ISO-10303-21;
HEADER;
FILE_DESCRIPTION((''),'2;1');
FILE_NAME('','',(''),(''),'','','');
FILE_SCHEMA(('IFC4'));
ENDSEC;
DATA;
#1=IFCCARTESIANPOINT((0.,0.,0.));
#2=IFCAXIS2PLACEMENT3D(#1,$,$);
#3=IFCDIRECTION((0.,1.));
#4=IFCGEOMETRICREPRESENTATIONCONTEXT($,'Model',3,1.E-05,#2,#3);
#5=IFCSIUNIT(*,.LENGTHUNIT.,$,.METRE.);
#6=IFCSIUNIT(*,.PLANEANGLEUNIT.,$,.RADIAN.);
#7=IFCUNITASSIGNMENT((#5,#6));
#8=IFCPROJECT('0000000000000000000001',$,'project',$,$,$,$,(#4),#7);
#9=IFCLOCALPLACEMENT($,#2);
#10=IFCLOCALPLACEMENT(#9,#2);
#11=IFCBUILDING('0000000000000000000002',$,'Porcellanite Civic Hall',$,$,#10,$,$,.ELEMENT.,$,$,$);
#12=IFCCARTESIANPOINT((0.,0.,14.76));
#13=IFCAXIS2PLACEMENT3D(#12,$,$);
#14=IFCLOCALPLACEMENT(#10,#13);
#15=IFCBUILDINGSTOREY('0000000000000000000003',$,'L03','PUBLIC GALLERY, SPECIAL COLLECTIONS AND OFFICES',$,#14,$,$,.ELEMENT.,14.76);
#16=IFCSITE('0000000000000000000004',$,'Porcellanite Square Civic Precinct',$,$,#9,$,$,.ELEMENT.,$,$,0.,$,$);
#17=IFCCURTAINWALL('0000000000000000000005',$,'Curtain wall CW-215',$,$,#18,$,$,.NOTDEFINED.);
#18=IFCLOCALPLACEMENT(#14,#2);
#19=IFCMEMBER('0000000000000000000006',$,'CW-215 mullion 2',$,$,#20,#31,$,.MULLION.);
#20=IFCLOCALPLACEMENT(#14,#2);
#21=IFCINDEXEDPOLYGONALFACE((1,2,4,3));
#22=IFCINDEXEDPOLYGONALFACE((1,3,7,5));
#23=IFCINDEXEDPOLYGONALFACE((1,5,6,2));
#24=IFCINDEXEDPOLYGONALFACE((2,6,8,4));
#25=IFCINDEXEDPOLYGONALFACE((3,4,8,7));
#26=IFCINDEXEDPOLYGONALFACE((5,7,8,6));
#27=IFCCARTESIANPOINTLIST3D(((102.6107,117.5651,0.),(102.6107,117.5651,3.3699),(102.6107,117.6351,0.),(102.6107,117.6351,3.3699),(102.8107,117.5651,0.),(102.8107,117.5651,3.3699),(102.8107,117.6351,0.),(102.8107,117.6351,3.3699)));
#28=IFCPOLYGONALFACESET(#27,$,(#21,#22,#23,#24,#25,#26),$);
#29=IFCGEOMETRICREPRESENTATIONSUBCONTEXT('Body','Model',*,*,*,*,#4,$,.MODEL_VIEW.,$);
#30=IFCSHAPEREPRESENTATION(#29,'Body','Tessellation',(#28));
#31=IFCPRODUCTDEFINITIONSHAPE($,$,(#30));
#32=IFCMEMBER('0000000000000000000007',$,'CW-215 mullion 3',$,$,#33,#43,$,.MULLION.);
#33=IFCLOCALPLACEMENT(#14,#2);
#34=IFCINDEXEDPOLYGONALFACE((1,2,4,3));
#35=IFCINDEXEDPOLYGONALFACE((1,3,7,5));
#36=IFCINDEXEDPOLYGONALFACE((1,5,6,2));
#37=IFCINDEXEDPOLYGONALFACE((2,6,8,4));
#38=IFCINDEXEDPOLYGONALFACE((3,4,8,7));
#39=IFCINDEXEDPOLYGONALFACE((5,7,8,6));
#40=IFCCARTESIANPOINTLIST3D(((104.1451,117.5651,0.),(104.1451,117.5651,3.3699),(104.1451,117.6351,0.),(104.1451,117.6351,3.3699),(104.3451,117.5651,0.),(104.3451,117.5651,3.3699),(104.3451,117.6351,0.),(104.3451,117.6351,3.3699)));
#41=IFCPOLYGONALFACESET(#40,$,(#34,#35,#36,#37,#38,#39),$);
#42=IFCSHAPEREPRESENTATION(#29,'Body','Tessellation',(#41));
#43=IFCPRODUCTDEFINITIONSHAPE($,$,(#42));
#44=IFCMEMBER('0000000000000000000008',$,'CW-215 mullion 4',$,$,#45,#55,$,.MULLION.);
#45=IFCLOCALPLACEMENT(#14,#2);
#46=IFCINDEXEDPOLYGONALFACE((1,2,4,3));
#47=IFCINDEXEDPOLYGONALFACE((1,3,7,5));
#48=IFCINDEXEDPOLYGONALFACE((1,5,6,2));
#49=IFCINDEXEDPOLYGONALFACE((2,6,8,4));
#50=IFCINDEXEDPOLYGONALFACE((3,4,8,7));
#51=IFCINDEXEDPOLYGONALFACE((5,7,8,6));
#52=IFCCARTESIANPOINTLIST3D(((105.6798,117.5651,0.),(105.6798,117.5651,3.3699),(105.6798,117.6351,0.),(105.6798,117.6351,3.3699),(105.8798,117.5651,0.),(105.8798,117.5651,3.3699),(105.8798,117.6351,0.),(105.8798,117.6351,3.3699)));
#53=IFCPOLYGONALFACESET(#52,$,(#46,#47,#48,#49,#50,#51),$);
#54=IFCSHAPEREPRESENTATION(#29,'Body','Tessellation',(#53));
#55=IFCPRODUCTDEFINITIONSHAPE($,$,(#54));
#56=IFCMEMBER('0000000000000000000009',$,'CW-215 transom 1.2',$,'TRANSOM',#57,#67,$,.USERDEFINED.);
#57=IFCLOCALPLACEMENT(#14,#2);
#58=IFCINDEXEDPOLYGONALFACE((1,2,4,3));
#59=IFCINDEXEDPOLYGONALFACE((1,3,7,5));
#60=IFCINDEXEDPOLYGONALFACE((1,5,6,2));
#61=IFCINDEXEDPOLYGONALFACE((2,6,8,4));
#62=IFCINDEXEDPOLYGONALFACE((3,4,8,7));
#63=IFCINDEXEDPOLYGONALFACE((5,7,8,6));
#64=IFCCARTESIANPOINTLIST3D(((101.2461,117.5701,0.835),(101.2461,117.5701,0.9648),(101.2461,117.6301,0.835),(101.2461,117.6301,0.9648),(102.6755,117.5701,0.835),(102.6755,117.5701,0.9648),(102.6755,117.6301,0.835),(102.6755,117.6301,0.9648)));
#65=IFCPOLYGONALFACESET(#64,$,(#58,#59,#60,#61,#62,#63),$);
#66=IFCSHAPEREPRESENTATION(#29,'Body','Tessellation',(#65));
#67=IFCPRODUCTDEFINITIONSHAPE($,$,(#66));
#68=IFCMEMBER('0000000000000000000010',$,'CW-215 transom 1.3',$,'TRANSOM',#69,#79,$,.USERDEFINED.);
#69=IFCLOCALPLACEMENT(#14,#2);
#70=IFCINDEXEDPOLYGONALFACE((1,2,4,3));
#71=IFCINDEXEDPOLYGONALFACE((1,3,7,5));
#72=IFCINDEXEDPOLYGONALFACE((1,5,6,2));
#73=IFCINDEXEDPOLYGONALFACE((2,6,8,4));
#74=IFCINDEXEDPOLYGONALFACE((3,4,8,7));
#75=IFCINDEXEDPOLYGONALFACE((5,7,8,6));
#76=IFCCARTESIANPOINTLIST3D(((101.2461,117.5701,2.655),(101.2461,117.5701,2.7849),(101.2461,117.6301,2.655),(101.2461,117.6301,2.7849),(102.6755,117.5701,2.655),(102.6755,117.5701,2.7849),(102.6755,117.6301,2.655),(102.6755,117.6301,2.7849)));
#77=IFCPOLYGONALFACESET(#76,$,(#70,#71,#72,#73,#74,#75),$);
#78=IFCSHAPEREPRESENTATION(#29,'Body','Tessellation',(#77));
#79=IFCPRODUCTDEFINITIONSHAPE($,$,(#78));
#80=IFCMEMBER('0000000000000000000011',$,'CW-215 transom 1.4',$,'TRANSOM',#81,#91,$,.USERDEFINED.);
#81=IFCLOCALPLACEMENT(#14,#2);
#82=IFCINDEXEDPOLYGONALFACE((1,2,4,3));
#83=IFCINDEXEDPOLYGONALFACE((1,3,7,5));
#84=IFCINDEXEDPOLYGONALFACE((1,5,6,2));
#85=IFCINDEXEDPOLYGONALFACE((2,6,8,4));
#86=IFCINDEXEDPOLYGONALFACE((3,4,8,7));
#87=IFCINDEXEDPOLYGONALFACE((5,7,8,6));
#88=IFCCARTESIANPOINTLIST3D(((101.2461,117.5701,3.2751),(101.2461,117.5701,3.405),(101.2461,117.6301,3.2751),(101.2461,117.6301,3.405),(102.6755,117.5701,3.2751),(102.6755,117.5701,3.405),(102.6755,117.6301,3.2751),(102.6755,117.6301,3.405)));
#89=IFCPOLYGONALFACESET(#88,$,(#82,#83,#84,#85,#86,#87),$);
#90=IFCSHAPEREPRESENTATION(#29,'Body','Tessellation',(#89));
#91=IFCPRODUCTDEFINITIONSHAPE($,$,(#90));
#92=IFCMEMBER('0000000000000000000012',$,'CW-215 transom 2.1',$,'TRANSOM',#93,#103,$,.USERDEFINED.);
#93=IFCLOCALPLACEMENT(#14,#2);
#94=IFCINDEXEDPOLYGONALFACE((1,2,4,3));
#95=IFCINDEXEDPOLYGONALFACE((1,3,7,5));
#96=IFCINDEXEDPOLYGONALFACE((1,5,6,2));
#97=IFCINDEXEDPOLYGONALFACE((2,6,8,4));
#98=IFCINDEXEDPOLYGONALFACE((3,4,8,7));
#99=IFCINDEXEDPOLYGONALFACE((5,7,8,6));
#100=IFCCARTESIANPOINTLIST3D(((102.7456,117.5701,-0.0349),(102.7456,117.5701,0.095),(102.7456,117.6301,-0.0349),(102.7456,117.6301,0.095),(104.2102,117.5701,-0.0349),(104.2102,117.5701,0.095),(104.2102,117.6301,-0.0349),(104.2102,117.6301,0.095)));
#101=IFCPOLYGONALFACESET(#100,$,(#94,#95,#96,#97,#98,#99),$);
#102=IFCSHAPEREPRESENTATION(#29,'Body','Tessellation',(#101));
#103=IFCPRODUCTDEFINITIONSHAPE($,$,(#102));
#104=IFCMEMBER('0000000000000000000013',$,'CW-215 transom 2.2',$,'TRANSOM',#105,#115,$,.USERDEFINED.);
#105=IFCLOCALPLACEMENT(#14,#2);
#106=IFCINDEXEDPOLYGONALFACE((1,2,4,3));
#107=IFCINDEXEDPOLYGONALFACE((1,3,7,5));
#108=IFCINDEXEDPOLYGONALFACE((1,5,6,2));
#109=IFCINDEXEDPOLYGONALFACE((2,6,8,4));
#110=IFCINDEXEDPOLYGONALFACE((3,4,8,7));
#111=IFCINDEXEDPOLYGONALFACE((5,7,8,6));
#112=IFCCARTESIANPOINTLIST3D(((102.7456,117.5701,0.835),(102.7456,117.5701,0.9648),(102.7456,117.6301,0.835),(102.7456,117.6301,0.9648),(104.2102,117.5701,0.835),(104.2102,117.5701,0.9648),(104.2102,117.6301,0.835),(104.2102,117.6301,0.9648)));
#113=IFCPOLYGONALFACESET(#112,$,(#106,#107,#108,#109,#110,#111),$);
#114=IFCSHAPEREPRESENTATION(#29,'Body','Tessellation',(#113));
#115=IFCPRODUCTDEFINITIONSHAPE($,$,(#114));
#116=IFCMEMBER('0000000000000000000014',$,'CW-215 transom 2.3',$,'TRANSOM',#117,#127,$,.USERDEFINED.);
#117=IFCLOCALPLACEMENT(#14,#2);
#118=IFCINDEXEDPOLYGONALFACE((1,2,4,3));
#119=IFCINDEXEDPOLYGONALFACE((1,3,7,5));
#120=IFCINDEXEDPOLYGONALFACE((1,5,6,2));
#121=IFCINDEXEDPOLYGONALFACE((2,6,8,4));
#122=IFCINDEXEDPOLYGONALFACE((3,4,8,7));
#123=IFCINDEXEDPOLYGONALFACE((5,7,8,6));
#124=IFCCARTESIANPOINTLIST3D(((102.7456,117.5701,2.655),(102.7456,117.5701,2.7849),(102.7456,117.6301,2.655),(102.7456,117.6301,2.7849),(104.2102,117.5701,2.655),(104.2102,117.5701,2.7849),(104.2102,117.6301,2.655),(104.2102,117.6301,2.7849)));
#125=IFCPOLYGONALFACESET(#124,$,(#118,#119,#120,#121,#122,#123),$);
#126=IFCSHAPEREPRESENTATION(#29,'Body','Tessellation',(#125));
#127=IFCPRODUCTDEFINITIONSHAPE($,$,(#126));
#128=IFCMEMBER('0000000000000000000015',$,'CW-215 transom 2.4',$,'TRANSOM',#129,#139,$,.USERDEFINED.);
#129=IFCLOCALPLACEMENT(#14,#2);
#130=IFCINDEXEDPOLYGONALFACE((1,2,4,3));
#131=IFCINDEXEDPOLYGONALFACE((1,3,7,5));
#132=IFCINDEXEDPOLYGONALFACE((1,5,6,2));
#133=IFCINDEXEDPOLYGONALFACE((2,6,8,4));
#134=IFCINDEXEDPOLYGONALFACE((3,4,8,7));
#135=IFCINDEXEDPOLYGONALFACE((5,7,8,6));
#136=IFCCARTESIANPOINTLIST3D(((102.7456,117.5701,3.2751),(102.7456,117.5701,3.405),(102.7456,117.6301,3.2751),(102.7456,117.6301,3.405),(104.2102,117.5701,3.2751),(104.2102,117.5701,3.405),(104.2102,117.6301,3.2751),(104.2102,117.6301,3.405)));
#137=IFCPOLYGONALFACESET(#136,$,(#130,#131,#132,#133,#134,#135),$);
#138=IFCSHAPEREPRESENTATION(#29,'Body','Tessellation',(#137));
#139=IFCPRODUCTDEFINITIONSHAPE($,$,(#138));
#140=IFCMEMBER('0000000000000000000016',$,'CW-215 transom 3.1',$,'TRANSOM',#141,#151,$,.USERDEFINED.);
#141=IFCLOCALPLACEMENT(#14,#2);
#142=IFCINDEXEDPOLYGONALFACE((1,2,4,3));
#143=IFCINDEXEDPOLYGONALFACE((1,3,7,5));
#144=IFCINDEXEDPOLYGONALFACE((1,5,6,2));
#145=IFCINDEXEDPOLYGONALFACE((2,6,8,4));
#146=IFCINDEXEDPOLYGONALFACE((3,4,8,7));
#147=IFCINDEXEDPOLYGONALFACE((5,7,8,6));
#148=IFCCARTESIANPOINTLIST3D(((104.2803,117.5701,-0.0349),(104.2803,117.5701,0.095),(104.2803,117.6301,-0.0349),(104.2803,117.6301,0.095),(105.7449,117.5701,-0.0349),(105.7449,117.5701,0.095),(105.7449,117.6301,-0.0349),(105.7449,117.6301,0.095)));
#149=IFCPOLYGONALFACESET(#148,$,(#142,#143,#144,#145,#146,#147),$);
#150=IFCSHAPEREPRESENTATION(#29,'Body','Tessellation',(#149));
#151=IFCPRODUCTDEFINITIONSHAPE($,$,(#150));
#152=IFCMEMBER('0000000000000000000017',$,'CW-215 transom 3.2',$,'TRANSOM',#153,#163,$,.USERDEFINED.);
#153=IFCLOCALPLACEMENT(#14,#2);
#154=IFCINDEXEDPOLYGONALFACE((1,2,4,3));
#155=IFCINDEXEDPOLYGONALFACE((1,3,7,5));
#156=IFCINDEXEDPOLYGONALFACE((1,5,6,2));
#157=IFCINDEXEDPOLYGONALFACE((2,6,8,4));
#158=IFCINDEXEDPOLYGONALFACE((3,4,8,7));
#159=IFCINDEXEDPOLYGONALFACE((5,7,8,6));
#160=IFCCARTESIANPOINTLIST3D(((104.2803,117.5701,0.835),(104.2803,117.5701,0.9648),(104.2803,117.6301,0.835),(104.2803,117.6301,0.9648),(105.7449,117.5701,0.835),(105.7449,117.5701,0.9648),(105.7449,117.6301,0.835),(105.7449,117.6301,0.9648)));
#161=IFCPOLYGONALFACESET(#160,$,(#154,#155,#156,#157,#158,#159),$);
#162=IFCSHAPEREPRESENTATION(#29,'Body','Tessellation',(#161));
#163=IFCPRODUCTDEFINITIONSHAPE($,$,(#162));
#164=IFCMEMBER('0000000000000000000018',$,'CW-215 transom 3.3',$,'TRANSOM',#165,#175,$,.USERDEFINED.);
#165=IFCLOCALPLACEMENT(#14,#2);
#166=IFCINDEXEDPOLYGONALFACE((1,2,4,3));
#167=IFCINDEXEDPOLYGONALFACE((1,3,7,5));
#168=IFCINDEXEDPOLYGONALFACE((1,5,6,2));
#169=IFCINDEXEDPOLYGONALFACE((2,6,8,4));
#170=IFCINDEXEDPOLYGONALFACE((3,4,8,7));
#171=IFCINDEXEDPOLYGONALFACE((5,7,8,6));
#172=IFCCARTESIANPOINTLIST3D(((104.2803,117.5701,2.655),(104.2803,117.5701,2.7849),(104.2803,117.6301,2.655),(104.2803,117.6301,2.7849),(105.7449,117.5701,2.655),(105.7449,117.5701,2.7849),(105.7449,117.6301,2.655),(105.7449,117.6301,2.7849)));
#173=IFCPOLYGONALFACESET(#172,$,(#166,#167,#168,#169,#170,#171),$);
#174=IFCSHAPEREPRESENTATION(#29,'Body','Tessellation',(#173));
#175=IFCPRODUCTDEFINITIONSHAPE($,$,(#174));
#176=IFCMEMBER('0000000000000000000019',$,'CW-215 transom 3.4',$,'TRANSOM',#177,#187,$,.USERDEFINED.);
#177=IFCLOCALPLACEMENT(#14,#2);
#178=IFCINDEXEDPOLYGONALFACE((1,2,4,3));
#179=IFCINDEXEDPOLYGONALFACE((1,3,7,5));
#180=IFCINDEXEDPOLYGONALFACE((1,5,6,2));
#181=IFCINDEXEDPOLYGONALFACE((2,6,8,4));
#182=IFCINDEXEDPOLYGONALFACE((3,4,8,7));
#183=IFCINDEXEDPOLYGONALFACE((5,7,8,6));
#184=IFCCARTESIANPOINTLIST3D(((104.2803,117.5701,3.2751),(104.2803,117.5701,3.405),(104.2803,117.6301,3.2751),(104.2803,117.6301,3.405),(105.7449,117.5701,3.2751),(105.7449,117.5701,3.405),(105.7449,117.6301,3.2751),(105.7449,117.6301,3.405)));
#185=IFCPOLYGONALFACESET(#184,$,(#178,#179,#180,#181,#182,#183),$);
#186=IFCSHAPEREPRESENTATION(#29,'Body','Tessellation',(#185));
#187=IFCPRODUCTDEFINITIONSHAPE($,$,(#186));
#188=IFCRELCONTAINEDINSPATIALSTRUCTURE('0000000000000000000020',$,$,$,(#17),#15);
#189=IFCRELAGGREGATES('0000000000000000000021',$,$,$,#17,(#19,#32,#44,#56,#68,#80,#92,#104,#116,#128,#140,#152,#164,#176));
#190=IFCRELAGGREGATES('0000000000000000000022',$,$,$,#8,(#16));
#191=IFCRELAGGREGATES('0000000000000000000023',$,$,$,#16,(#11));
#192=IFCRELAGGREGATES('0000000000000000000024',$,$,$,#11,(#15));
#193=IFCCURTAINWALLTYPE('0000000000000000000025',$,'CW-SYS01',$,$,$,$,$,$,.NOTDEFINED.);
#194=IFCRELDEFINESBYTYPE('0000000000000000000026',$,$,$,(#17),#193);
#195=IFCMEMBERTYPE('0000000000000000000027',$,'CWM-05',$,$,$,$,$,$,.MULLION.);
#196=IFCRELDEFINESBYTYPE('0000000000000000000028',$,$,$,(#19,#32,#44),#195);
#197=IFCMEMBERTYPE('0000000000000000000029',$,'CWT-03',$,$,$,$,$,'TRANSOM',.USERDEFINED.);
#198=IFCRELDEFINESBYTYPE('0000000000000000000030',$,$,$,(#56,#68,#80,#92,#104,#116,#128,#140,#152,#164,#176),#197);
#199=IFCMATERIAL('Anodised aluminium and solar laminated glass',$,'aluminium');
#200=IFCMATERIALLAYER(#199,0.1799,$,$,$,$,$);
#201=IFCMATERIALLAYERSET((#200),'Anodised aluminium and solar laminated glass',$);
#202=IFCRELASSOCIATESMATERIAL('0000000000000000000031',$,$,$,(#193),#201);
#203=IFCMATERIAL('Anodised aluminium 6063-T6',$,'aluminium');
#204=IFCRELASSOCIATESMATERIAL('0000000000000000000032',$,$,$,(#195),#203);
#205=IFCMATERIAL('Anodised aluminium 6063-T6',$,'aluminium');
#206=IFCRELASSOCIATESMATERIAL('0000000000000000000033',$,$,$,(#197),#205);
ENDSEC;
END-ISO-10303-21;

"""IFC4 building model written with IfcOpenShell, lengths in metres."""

from ifc_helpers import new_model, si_unit, direction, frame, origin, origin_2d, place, context, subcontext, project, spatial, rectangle, extrude, material, layer, layer_set, material_profile, profile_set, type_object, element, aggregate, save


model = new_model("IFC4")

# Units and contexts
model_context = context("Model", 3, precision=1e-05, world=origin(), true_north=direction((0.0, 1.0)))
body_context = subcontext(model_context, "Body", "Model", "MODEL_VIEW")
ifc_project = project(units=[si_unit("LENGTHUNIT", "METRE"), si_unit("PLANEANGLEUNIT", "RADIAN")], contexts=[model_context])

# Site, building, storey
site_placement = place(None, origin())
site = spatial("IfcSite", under=ifc_project, at=site_placement, Name="Porcellanite Square Civic Precinct", CompositionType="ELEMENT", RefElevation=0.0)
building_placement = place(site_placement, origin())
building = spatial("IfcBuilding", under=site, at=building_placement, Name="Porcellanite Civic Hall", CompositionType="ELEMENT")
storey_placement = place(building_placement, frame((0.0, 0.0, 14.76)))
storey = spatial("IfcBuildingStorey", under=building, at=storey_placement, Name="L03", Description="PUBLIC GALLERY, SPECIAL COLLECTIONS AND OFFICES", CompositionType="ELEMENT", Elevation=14.76)

# Curtain wall, members
ifc_material_1 = material(Name="Anodised aluminium and solar laminated glass", Category="aluminium")
ifc_layer_1 = layer(ifc_material_1, 0.1799)
ifc_layer_set_1 = layer_set([ifc_layer_1], Name="Anodised aluminium and solar laminated glass")
curtain_wall_type = type_object("IfcCurtainWallType", Name="CW-SYS01", PredefinedType="NOTDEFINED", material=ifc_layer_set_1)
curtain_wall_placement = place(storey_placement, origin())
curtain_wall = element("IfcCurtainWall", 1, at=curtain_wall_placement, inside=storey, type_object=curtain_wall_type, Name="Curtain wall CW-215", PredefinedType="NOTDEFINED")
ifc_material_2 = material(Name="Anodised aluminium 6063-T6", Category="aluminium")
ifc_material_profile_1 = material_profile(ifc_material_2, rectangle(XDim=0.0701, YDim=0.2, at=origin_2d()), Name="AL-70x200")
ifc_profile_set_1 = profile_set([ifc_material_profile_1], Name="Anodised aluminium 6063-T6")
member_type_1 = type_object("IfcMemberType", Name="CWM-05", PredefinedType="MULLION", material=ifc_profile_set_1)
member_1_placement = place(storey_placement, frame((102.7107, 117.6001, 0.0), z_axis=(0.0, 0.0, 1.0), x_axis=(0.0, 1.0, 0.0)))
member_1 = element("IfcMember", 2, at=member_1_placement, type_object=member_type_1, Name="CW-215 mullion 2", PredefinedType="MULLION", context=body_context, shape_type="SweptSolid", body=[
    extrude(rectangle(XDim=0.0701, YDim=0.2, at=origin_2d()), origin(), (0.0, 0.0, 1.0), 3.3699),
])
member_2_placement = place(storey_placement, frame((104.2451, 117.6001, 0.0), z_axis=(0.0, 0.0, 1.0), x_axis=(0.0, 1.0, 0.0)))
member_2 = element("IfcMember", 3, at=member_2_placement, type_object=member_type_1, Name="CW-215 mullion 3", PredefinedType="MULLION", context=body_context, shape_type="SweptSolid", body=[
    extrude(rectangle(XDim=0.0701, YDim=0.2, at=origin_2d()), origin(), (0.0, 0.0, 1.0), 3.3699),
])
member_3_placement = place(storey_placement, frame((105.7798, 117.6001, 0.0), z_axis=(0.0, 0.0, 1.0), x_axis=(0.0, 1.0, 0.0)))
member_3 = element("IfcMember", 4, at=member_3_placement, type_object=member_type_1, Name="CW-215 mullion 4", PredefinedType="MULLION", context=body_context, shape_type="SweptSolid", body=[
    extrude(rectangle(XDim=0.0701, YDim=0.2, at=origin_2d()), origin(), (0.0, 0.0, 1.0), 3.3699),
])
ifc_material_3 = material(Name="Anodised aluminium 6063-T6", Category="aluminium")
ifc_material_profile_2 = material_profile(ifc_material_3, rectangle(XDim=0.0601, YDim=0.1299, at=origin_2d()), Name="AL-60x130")
ifc_profile_set_2 = profile_set([ifc_material_profile_2], Name="Anodised aluminium 6063-T6")
member_type_2 = type_object("IfcMemberType", Name="CWT-03", ElementType="TRANSOM", PredefinedType="USERDEFINED", material=ifc_profile_set_2)
member_4_placement = place(storey_placement, frame((101.2461, 117.6001, 0.8999), z_axis=(1.0, 0.0, 0.0), x_axis=(0.0, 1.0, 0.0)))
member_4 = element("IfcMember", 5, at=member_4_placement, type_object=member_type_2, Name="CW-215 transom 1.2", ObjectType="TRANSOM", PredefinedType="USERDEFINED", context=body_context, shape_type="SweptSolid", body=[
    extrude(rectangle(XDim=0.0601, YDim=0.1299, at=origin_2d()), origin(), (0.0, 0.0, 1.0), 1.4294),
])
member_5_placement = place(storey_placement, frame((101.2461, 117.6001, 2.72), z_axis=(1.0, 0.0, 0.0), x_axis=(0.0, 1.0, 0.0)))
member_5 = element("IfcMember", 6, at=member_5_placement, type_object=member_type_2, Name="CW-215 transom 1.3", ObjectType="TRANSOM", PredefinedType="USERDEFINED", context=body_context, shape_type="SweptSolid", body=[
    extrude(rectangle(XDim=0.0601, YDim=0.1299, at=origin_2d()), origin(), (0.0, 0.0, 1.0), 1.4294),
])
member_6_placement = place(storey_placement, frame((101.2461, 117.6001, 3.3401), z_axis=(1.0, 0.0, 0.0), x_axis=(0.0, 1.0, 0.0)))
member_6 = element("IfcMember", 7, at=member_6_placement, type_object=member_type_2, Name="CW-215 transom 1.4", ObjectType="TRANSOM", PredefinedType="USERDEFINED", context=body_context, shape_type="SweptSolid", body=[
    extrude(rectangle(XDim=0.0601, YDim=0.1299, at=origin_2d()), origin(), (0.0, 0.0, 1.0), 1.4294),
])
member_7_placement = place(storey_placement, frame((102.7456, 117.6001, 0.03), z_axis=(1.0, 0.0, 0.0), x_axis=(0.0, 1.0, 0.0)))
member_7 = element("IfcMember", 8, at=member_7_placement, type_object=member_type_2, Name="CW-215 transom 2.1", ObjectType="TRANSOM", PredefinedType="USERDEFINED", context=body_context, shape_type="SweptSolid", body=[
    extrude(rectangle(XDim=0.0601, YDim=0.1299, at=origin_2d()), origin(), (0.0, 0.0, 1.0), 1.4646),
])
member_8_placement = place(storey_placement, frame((102.7456, 117.6001, 0.8999), z_axis=(1.0, 0.0, 0.0), x_axis=(0.0, 1.0, 0.0)))
member_8 = element("IfcMember", 9, at=member_8_placement, type_object=member_type_2, Name="CW-215 transom 2.2", ObjectType="TRANSOM", PredefinedType="USERDEFINED", context=body_context, shape_type="SweptSolid", body=[
    extrude(rectangle(XDim=0.0601, YDim=0.1299, at=origin_2d()), origin(), (0.0, 0.0, 1.0), 1.4646),
])
member_9_placement = place(storey_placement, frame((102.7456, 117.6001, 2.72), z_axis=(1.0, 0.0, 0.0), x_axis=(0.0, 1.0, 0.0)))
member_9 = element("IfcMember", 10, at=member_9_placement, type_object=member_type_2, Name="CW-215 transom 2.3", ObjectType="TRANSOM", PredefinedType="USERDEFINED", context=body_context, shape_type="SweptSolid", body=[
    extrude(rectangle(XDim=0.0601, YDim=0.1299, at=origin_2d()), origin(), (0.0, 0.0, 1.0), 1.4646),
])
member_10_placement = place(storey_placement, frame((102.7456, 117.6001, 3.3401), z_axis=(1.0, 0.0, 0.0), x_axis=(0.0, 1.0, 0.0)))
member_10 = element("IfcMember", 11, at=member_10_placement, type_object=member_type_2, Name="CW-215 transom 2.4", ObjectType="TRANSOM", PredefinedType="USERDEFINED", context=body_context, shape_type="SweptSolid", body=[
    extrude(rectangle(XDim=0.0601, YDim=0.1299, at=origin_2d()), origin(), (0.0, 0.0, 1.0), 1.4646),
])
member_11_placement = place(storey_placement, frame((104.2803, 117.6001, 0.03), z_axis=(1.0, 0.0, 0.0), x_axis=(0.0, 1.0, 0.0)))
member_11 = element("IfcMember", 12, at=member_11_placement, type_object=member_type_2, Name="CW-215 transom 3.1", ObjectType="TRANSOM", PredefinedType="USERDEFINED", context=body_context, shape_type="SweptSolid", body=[
    extrude(rectangle(XDim=0.0601, YDim=0.1299, at=origin_2d()), origin(), (0.0, 0.0, 1.0), 1.4646),
])
member_12_placement = place(storey_placement, frame((104.2803, 117.6001, 0.8999), z_axis=(1.0, 0.0, 0.0), x_axis=(0.0, 1.0, 0.0)))
member_12 = element("IfcMember", 13, at=member_12_placement, type_object=member_type_2, Name="CW-215 transom 3.2", ObjectType="TRANSOM", PredefinedType="USERDEFINED", context=body_context, shape_type="SweptSolid", body=[
    extrude(rectangle(XDim=0.0601, YDim=0.1299, at=origin_2d()), origin(), (0.0, 0.0, 1.0), 1.4646),
])
member_13_placement = place(storey_placement, frame((104.2803, 117.6001, 2.72), z_axis=(1.0, 0.0, 0.0), x_axis=(0.0, 1.0, 0.0)))
member_13 = element("IfcMember", 14, at=member_13_placement, type_object=member_type_2, Name="CW-215 transom 3.3", ObjectType="TRANSOM", PredefinedType="USERDEFINED", context=body_context, shape_type="SweptSolid", body=[
    extrude(rectangle(XDim=0.0601, YDim=0.1299, at=origin_2d()), origin(), (0.0, 0.0, 1.0), 1.4646),
])
member_14_placement = place(storey_placement, frame((104.2803, 117.6001, 3.3401), z_axis=(1.0, 0.0, 0.0), x_axis=(0.0, 1.0, 0.0)))
member_14 = element("IfcMember", 15, at=member_14_placement, type_object=member_type_2, Name="CW-215 transom 3.4", ObjectType="TRANSOM", PredefinedType="USERDEFINED", context=body_context, shape_type="SweptSolid", body=[
    extrude(rectangle(XDim=0.0601, YDim=0.1299, at=origin_2d()), origin(), (0.0, 0.0, 1.0), 1.4646),
])

aggregate(curtain_wall, [member_1, member_2, member_3, member_4, member_5, member_6, member_7, member_8, member_9, member_10, member_11, member_12, member_13, member_14])

save(model, "model.ifc")
